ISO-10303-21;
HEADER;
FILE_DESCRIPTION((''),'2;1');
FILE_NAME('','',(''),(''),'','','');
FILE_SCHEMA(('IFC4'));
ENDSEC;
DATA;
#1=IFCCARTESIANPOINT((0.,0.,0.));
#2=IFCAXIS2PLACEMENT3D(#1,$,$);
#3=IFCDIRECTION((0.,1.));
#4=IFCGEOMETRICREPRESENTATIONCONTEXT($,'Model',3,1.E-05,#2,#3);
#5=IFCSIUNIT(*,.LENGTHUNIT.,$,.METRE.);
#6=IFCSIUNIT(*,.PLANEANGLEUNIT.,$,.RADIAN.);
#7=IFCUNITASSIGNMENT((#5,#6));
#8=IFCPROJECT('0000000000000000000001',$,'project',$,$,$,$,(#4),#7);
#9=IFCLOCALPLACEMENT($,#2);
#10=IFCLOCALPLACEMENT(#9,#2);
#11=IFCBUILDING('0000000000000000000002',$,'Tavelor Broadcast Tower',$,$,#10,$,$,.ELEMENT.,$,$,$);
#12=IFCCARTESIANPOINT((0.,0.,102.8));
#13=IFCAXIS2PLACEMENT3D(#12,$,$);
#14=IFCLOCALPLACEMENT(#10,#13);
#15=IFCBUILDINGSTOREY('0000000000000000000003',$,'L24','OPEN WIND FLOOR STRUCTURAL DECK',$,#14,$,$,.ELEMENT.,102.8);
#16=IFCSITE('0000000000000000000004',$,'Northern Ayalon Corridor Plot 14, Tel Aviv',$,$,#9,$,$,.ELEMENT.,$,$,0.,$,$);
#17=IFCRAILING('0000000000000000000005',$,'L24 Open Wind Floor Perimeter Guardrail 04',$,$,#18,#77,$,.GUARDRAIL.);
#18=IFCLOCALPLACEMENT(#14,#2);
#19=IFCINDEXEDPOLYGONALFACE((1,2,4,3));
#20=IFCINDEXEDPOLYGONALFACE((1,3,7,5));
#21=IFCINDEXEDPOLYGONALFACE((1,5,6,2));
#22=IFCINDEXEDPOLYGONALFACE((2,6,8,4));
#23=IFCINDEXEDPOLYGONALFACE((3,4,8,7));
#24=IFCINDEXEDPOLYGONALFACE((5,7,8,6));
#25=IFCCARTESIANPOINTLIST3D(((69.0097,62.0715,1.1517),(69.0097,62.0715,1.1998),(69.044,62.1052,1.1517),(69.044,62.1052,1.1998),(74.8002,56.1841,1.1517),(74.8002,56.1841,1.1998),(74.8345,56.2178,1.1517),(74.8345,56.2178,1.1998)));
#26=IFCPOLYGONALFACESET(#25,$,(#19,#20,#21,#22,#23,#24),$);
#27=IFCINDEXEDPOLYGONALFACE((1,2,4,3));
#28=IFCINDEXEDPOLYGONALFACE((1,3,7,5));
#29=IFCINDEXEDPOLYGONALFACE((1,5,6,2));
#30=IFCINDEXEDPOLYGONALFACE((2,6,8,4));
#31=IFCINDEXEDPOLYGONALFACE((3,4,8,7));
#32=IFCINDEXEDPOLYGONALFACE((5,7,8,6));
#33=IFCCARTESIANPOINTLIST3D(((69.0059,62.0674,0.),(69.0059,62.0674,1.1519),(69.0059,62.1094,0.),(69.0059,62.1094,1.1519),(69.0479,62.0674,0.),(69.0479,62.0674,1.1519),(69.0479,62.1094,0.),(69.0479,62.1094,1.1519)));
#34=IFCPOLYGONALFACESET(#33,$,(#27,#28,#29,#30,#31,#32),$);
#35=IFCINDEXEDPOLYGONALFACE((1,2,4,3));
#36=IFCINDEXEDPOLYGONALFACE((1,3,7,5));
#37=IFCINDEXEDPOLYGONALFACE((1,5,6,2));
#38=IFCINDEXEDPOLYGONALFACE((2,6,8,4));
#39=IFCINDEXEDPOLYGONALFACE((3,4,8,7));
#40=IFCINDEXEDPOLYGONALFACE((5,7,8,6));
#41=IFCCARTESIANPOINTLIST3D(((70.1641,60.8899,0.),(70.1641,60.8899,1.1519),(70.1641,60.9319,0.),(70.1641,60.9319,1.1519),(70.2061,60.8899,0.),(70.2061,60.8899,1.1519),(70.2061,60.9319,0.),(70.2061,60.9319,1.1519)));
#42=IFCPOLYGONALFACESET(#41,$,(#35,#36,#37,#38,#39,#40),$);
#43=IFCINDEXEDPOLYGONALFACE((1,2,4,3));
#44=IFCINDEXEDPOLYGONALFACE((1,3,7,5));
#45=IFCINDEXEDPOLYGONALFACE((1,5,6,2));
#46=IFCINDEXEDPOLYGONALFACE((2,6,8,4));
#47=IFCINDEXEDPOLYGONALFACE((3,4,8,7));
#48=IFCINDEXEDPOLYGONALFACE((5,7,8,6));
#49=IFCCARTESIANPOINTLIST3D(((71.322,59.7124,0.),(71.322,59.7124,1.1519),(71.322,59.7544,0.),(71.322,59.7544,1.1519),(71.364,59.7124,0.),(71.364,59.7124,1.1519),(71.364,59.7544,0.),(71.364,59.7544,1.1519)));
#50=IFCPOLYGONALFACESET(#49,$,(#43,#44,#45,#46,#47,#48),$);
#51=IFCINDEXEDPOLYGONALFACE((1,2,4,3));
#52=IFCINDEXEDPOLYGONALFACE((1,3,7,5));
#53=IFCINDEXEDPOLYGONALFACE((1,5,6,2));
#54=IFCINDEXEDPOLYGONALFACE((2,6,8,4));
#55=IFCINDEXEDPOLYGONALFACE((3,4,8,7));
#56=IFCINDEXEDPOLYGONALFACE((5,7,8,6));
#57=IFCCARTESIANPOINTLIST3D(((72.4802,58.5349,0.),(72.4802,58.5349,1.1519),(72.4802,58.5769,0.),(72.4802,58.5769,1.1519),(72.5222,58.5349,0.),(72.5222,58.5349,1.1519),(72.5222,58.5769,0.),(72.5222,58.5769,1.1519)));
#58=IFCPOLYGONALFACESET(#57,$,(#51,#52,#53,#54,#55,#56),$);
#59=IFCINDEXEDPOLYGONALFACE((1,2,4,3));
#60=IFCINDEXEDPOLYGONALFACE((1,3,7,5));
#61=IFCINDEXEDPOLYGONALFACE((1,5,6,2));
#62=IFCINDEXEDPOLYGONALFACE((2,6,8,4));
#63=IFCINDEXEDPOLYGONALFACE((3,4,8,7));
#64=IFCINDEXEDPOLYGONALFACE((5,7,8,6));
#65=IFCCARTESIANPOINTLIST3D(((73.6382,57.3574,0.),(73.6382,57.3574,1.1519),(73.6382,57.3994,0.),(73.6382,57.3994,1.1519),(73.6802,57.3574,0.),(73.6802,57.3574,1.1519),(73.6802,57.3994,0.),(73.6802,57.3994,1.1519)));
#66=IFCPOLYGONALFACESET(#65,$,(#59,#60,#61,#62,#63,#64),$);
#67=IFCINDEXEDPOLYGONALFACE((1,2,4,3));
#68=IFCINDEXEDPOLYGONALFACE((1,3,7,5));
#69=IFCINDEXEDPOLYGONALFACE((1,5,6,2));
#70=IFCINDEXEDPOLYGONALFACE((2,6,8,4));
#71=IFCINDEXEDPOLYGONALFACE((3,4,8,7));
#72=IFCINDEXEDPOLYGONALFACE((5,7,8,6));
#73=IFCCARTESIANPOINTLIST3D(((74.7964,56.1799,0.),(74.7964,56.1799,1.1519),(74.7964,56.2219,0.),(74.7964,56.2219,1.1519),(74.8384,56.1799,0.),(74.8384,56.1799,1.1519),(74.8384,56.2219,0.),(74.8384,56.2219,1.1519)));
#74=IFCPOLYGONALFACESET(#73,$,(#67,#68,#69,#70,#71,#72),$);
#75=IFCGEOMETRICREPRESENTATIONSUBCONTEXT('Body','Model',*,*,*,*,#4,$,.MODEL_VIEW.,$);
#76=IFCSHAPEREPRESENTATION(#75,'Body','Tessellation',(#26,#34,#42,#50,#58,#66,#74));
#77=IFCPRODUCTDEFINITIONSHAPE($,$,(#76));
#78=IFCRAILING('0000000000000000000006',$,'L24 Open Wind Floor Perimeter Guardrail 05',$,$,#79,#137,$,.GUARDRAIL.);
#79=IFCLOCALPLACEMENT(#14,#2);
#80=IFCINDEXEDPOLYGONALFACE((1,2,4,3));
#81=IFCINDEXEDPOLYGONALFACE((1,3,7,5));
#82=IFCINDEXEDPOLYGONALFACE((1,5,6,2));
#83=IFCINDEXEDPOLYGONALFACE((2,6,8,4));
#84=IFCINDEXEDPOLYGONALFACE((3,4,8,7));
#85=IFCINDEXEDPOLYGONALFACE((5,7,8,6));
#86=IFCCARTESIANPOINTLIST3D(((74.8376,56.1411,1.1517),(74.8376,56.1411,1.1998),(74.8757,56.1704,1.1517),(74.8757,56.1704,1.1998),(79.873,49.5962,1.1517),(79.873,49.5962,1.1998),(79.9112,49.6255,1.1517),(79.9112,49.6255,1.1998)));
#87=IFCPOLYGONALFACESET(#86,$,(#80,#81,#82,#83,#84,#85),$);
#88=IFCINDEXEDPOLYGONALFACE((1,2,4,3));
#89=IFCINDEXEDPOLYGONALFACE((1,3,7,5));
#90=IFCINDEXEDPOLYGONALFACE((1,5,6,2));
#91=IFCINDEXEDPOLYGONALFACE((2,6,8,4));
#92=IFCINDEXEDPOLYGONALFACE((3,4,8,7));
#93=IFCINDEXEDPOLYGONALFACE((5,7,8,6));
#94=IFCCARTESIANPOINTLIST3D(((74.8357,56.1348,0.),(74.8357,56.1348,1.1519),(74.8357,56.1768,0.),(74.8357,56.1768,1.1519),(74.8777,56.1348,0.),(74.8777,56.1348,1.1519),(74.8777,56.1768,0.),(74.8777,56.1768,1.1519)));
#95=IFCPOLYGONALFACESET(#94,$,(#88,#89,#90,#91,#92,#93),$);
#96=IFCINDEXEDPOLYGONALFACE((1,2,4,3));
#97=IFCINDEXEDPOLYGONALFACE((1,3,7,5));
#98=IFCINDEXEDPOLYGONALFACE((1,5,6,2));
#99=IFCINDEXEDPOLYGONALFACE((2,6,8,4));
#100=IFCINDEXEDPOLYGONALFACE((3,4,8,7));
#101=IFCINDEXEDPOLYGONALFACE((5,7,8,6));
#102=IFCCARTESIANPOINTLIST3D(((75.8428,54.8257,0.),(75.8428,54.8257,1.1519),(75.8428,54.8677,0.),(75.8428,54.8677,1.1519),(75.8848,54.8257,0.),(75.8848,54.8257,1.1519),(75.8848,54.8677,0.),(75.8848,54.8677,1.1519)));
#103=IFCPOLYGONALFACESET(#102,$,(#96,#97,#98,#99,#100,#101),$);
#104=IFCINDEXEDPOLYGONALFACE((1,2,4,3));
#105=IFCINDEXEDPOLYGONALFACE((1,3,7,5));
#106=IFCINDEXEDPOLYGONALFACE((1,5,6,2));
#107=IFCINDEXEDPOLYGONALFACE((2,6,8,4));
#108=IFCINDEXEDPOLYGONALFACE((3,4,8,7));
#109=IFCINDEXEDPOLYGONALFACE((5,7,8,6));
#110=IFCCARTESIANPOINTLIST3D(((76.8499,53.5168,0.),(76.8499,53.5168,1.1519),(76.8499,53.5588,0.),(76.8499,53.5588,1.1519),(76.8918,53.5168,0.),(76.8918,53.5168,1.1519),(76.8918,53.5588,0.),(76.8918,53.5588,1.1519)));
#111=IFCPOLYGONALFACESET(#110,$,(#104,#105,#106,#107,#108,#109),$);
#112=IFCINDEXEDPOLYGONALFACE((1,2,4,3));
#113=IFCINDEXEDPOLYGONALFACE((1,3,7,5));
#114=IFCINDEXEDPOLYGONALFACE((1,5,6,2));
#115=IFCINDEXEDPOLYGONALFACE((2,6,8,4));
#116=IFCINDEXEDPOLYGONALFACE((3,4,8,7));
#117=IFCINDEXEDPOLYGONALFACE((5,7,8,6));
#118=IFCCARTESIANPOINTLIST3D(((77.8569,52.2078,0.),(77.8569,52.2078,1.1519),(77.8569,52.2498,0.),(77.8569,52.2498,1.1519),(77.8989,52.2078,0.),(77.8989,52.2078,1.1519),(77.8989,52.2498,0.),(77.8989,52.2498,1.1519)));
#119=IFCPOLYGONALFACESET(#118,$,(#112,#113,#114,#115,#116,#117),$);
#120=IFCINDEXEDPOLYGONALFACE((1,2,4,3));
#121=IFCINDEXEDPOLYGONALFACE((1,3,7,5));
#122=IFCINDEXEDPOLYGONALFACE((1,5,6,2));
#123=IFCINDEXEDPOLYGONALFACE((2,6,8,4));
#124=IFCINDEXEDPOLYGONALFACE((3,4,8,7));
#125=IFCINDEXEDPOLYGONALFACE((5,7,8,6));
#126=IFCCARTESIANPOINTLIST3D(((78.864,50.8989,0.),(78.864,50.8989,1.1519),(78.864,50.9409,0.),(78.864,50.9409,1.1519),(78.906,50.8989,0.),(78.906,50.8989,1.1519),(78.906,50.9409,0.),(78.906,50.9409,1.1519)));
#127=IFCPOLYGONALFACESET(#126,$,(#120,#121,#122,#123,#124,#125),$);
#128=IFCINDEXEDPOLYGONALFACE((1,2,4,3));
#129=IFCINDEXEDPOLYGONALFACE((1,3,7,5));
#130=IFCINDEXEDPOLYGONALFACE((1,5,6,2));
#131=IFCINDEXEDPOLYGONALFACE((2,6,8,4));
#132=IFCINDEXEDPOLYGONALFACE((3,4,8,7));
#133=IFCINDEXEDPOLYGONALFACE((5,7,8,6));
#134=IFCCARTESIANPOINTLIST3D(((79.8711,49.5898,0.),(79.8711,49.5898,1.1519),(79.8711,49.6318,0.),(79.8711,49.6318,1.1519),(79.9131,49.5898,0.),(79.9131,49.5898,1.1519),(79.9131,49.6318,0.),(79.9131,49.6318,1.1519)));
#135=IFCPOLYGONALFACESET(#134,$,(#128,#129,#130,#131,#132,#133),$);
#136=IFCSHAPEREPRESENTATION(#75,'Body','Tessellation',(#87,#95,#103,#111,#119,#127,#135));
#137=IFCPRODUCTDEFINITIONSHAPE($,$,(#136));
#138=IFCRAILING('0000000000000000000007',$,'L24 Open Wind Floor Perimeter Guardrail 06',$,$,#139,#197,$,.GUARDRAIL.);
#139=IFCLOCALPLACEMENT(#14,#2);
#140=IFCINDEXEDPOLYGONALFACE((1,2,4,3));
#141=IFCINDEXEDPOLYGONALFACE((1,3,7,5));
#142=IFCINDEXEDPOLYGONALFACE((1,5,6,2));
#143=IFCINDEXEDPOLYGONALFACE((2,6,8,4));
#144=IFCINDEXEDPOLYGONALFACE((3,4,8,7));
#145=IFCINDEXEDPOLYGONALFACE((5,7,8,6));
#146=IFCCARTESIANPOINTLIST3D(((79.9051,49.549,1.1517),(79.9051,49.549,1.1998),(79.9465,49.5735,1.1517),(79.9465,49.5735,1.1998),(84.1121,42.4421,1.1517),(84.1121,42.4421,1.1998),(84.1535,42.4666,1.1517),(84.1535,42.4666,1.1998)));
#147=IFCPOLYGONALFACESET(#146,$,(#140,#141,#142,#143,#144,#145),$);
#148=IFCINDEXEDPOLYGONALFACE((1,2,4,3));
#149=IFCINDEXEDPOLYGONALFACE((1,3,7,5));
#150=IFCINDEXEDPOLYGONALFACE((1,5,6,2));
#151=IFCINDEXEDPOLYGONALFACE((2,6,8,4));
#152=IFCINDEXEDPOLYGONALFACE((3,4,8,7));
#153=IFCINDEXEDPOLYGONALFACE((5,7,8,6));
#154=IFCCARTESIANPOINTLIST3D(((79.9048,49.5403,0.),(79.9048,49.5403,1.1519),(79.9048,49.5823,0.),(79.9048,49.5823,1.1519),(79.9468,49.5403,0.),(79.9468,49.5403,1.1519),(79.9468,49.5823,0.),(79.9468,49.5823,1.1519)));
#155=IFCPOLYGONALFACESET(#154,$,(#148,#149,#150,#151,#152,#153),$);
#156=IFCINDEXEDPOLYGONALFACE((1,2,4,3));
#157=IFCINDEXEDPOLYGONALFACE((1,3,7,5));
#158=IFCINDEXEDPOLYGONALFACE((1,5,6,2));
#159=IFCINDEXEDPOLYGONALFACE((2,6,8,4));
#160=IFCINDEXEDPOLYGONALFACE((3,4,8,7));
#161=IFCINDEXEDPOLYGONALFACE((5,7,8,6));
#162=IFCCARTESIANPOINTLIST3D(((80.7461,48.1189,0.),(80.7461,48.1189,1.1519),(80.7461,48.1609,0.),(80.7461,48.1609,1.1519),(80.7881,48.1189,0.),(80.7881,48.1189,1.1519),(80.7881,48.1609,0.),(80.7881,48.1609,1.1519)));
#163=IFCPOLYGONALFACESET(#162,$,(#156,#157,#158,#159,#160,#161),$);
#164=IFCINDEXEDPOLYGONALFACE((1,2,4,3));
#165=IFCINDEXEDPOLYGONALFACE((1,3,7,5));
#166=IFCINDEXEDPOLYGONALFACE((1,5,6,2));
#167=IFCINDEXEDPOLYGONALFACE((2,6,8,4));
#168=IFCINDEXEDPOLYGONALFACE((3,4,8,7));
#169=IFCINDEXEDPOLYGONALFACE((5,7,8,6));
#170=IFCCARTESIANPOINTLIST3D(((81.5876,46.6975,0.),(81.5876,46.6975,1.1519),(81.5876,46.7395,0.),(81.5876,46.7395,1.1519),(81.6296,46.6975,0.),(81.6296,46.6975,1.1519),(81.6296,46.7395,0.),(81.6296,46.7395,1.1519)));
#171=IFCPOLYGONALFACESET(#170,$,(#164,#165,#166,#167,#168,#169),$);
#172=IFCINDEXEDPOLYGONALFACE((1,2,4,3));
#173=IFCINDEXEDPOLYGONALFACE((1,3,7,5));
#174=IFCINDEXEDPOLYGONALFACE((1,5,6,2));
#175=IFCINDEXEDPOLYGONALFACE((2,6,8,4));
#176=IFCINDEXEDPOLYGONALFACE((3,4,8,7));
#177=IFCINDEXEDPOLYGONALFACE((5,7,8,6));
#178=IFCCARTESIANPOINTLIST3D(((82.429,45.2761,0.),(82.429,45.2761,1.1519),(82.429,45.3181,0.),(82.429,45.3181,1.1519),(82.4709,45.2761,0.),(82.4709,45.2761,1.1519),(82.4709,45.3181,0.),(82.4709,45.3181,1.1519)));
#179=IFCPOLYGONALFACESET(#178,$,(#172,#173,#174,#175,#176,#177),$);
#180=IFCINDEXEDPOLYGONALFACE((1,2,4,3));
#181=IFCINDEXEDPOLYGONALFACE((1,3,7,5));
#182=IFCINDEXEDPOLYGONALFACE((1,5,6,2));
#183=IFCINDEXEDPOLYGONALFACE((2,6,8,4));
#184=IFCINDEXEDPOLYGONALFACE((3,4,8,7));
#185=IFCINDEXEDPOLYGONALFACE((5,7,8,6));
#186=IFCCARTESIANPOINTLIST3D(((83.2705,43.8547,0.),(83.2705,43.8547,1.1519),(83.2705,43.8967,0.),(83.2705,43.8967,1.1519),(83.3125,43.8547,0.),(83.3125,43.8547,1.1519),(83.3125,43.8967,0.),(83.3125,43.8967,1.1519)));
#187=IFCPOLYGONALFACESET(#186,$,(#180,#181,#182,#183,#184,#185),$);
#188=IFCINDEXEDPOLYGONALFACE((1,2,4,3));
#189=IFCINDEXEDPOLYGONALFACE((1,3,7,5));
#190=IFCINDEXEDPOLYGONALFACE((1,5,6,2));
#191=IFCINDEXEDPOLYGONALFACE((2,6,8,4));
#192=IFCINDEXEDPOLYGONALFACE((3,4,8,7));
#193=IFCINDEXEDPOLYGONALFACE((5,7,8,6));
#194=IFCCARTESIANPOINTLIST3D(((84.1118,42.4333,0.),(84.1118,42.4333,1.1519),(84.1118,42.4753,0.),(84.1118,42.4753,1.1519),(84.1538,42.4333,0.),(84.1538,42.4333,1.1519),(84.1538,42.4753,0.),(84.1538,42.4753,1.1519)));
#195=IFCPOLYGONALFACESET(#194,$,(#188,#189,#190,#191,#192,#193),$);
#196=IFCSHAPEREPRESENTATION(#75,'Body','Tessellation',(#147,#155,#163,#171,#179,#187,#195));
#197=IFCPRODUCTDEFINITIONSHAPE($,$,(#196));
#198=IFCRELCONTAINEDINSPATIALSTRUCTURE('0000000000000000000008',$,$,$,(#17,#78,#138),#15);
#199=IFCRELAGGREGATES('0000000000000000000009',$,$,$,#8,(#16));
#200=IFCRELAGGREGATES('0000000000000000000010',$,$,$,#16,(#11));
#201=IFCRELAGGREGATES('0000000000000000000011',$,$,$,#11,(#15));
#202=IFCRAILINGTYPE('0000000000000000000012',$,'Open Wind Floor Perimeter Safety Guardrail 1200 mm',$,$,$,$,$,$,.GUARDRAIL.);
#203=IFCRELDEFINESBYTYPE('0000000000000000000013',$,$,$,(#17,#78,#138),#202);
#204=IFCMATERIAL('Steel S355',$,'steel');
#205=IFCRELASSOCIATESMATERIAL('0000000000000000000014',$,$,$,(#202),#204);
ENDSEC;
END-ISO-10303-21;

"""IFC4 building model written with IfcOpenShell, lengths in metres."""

from ifc_helpers import new_model, si_unit, direction, frame, origin, origin_2d, place, context, subcontext, project, spatial, rectangle, extrude, material, type_object, element, save


model = new_model("IFC4")

# Units and contexts
model_context = context("Model", 3, precision=1e-05, world=origin(), true_north=direction((0.0, 1.0)))
body_context = subcontext(model_context, "Body", "Model", "MODEL_VIEW")
ifc_project = project(units=[si_unit("LENGTHUNIT", "METRE"), si_unit("PLANEANGLEUNIT", "RADIAN")], contexts=[model_context])

# Site, building, storey
site_placement = place(None, origin())
site = spatial("IfcSite", under=ifc_project, at=site_placement, Name="Northern Ayalon Corridor Plot 14, Tel Aviv", CompositionType="ELEMENT", RefElevation=0.0)
building_placement = place(site_placement, origin())
building = spatial("IfcBuilding", under=site, at=building_placement, Name="Tavelor Broadcast Tower", CompositionType="ELEMENT")
storey_placement = place(building_placement, frame((0.0, 0.0, 102.8)))
storey = spatial("IfcBuildingStorey", under=building, at=storey_placement, Name="L24", Description="OPEN WIND FLOOR STRUCTURAL DECK", CompositionType="ELEMENT", Elevation=102.8)

# Railings
ifc_material_1 = material(Name="Steel S355", Category="steel")
railing_type = type_object("IfcRailingType", Name="Open Wind Floor Perimeter Safety Guardrail 1200 mm", PredefinedType="GUARDRAIL", material=ifc_material_1)
railing_1_placement = place(storey_placement, frame((69.0269, 62.0884, 0.0)))
element("IfcRailing", 1, at=railing_1_placement, inside=storey, type_object=railing_type, Name="L24 Open Wind Floor Perimeter Guardrail 04", PredefinedType="GUARDRAIL", context=body_context, shape_type="SweptSolid", body=[
    extrude(rectangle(XDim=0.0481, YDim=0.0481, at=origin_2d()), frame((0.0, 0.0, 1.1758), z_axis=(0.701214, -0.712951, 0.0), x_axis=(0.712951, 0.701214, 0.0)), (0.0, 0.0, 1.0), 8.2578),
    extrude(rectangle(XDim=0.042, YDim=0.042, at=origin_2d()), origin(), (0.0, 0.0, 1.0), 1.1519),
    extrude(rectangle(XDim=0.042, YDim=0.042, at=origin_2d()), frame((1.1582, -1.1775, 0.0)), (0.0, 0.0, 1.0), 1.1519),
    extrude(rectangle(XDim=0.042, YDim=0.042, at=origin_2d()), frame((2.3162, -2.355, 0.0)), (0.0, 0.0, 1.0), 1.1519),
    extrude(rectangle(XDim=0.042, YDim=0.042, at=origin_2d()), frame((3.4744, -3.5325, 0.0)), (0.0, 0.0, 1.0), 1.1519),
    extrude(rectangle(XDim=0.042, YDim=0.042, at=origin_2d()), frame((4.6323, -4.71, 0.0)), (0.0, 0.0, 1.0), 1.1519),
    extrude(rectangle(XDim=0.042, YDim=0.042, at=origin_2d()), frame((5.7905, -5.8875, 0.0)), (0.0, 0.0, 1.0), 1.1519),
])
railing_2_placement = place(storey_placement, frame((74.8567, 56.1558, 0.0)))
element("IfcRailing", 2, at=railing_2_placement, inside=storey, type_object=railing_type, Name="L24 Open Wind Floor Perimeter Guardrail 05", PredefinedType="GUARDRAIL", context=body_context, shape_type="SweptSolid", body=[
    extrude(rectangle(XDim=0.0481, YDim=0.0481, at=origin_2d()), frame((0.0, 0.0, 1.1758), z_axis=(0.609775, -0.792575, 0.0), x_axis=(0.792575, 0.609775, 0.0)), (0.0, 0.0, 1.0), 8.2578),
    extrude(rectangle(XDim=0.042, YDim=0.042, at=origin_2d()), origin(), (0.0, 0.0, 1.0), 1.1519),
    extrude(rectangle(XDim=0.042, YDim=0.042, at=origin_2d()), frame((1.0071, -1.3091, 0.0)), (0.0, 0.0, 1.0), 1.1519),
    extrude(rectangle(XDim=0.042, YDim=0.042, at=origin_2d()), frame((2.0142, -2.6179, 0.0)), (0.0, 0.0, 1.0), 1.1519),
    extrude(rectangle(XDim=0.042, YDim=0.042, at=origin_2d()), frame((3.0212, -3.927, 0.0)), (0.0, 0.0, 1.0), 1.1519),
    extrude(rectangle(XDim=0.042, YDim=0.042, at=origin_2d()), frame((4.0283, -5.2358, 0.0)), (0.0, 0.0, 1.0), 1.1519),
    extrude(rectangle(XDim=0.042, YDim=0.042, at=origin_2d()), frame((5.0354, -6.5449, 0.0)), (0.0, 0.0, 1.0), 1.1519),
])
railing_3_placement = place(storey_placement, frame((79.9258, 49.5613, 0.0)))
element("IfcRailing", 3, at=railing_3_placement, inside=storey, type_object=railing_type, Name="L24 Open Wind Floor Perimeter Guardrail 06", PredefinedType="GUARDRAIL", context=body_context, shape_type="SweptSolid", body=[
    extrude(rectangle(XDim=0.0481, YDim=0.0481, at=origin_2d()), frame((0.0, 0.0, 1.1758), z_axis=(0.5094, -0.86053, 0.0), x_axis=(0.86053, 0.5094, 0.0)), (0.0, 0.0, 1.0), 8.2588),
    extrude(rectangle(XDim=0.042, YDim=0.042, at=origin_2d()), origin(), (0.0, 0.0, 1.0), 1.1519),
    extrude(rectangle(XDim=0.042, YDim=0.042, at=origin_2d()), frame((0.8413, -1.4214, 0.0)), (0.0, 0.0, 1.0), 1.1519),
    extrude(rectangle(XDim=0.042, YDim=0.042, at=origin_2d()), frame((1.6829, -2.8428, 0.0)), (0.0, 0.0, 1.0), 1.1519),
    extrude(rectangle(XDim=0.042, YDim=0.042, at=origin_2d()), frame((2.5242, -4.2642, 0.0)), (0.0, 0.0, 1.0), 1.1519),
    extrude(rectangle(XDim=0.042, YDim=0.042, at=origin_2d()), frame((3.3657, -5.6855, 0.0)), (0.0, 0.0, 1.0), 1.1519),
    extrude(rectangle(XDim=0.042, YDim=0.042, at=origin_2d()), frame((4.207, -7.1069, 0.0)), (0.0, 0.0, 1.0), 1.1519),
])

save(model, "model.ifc")
